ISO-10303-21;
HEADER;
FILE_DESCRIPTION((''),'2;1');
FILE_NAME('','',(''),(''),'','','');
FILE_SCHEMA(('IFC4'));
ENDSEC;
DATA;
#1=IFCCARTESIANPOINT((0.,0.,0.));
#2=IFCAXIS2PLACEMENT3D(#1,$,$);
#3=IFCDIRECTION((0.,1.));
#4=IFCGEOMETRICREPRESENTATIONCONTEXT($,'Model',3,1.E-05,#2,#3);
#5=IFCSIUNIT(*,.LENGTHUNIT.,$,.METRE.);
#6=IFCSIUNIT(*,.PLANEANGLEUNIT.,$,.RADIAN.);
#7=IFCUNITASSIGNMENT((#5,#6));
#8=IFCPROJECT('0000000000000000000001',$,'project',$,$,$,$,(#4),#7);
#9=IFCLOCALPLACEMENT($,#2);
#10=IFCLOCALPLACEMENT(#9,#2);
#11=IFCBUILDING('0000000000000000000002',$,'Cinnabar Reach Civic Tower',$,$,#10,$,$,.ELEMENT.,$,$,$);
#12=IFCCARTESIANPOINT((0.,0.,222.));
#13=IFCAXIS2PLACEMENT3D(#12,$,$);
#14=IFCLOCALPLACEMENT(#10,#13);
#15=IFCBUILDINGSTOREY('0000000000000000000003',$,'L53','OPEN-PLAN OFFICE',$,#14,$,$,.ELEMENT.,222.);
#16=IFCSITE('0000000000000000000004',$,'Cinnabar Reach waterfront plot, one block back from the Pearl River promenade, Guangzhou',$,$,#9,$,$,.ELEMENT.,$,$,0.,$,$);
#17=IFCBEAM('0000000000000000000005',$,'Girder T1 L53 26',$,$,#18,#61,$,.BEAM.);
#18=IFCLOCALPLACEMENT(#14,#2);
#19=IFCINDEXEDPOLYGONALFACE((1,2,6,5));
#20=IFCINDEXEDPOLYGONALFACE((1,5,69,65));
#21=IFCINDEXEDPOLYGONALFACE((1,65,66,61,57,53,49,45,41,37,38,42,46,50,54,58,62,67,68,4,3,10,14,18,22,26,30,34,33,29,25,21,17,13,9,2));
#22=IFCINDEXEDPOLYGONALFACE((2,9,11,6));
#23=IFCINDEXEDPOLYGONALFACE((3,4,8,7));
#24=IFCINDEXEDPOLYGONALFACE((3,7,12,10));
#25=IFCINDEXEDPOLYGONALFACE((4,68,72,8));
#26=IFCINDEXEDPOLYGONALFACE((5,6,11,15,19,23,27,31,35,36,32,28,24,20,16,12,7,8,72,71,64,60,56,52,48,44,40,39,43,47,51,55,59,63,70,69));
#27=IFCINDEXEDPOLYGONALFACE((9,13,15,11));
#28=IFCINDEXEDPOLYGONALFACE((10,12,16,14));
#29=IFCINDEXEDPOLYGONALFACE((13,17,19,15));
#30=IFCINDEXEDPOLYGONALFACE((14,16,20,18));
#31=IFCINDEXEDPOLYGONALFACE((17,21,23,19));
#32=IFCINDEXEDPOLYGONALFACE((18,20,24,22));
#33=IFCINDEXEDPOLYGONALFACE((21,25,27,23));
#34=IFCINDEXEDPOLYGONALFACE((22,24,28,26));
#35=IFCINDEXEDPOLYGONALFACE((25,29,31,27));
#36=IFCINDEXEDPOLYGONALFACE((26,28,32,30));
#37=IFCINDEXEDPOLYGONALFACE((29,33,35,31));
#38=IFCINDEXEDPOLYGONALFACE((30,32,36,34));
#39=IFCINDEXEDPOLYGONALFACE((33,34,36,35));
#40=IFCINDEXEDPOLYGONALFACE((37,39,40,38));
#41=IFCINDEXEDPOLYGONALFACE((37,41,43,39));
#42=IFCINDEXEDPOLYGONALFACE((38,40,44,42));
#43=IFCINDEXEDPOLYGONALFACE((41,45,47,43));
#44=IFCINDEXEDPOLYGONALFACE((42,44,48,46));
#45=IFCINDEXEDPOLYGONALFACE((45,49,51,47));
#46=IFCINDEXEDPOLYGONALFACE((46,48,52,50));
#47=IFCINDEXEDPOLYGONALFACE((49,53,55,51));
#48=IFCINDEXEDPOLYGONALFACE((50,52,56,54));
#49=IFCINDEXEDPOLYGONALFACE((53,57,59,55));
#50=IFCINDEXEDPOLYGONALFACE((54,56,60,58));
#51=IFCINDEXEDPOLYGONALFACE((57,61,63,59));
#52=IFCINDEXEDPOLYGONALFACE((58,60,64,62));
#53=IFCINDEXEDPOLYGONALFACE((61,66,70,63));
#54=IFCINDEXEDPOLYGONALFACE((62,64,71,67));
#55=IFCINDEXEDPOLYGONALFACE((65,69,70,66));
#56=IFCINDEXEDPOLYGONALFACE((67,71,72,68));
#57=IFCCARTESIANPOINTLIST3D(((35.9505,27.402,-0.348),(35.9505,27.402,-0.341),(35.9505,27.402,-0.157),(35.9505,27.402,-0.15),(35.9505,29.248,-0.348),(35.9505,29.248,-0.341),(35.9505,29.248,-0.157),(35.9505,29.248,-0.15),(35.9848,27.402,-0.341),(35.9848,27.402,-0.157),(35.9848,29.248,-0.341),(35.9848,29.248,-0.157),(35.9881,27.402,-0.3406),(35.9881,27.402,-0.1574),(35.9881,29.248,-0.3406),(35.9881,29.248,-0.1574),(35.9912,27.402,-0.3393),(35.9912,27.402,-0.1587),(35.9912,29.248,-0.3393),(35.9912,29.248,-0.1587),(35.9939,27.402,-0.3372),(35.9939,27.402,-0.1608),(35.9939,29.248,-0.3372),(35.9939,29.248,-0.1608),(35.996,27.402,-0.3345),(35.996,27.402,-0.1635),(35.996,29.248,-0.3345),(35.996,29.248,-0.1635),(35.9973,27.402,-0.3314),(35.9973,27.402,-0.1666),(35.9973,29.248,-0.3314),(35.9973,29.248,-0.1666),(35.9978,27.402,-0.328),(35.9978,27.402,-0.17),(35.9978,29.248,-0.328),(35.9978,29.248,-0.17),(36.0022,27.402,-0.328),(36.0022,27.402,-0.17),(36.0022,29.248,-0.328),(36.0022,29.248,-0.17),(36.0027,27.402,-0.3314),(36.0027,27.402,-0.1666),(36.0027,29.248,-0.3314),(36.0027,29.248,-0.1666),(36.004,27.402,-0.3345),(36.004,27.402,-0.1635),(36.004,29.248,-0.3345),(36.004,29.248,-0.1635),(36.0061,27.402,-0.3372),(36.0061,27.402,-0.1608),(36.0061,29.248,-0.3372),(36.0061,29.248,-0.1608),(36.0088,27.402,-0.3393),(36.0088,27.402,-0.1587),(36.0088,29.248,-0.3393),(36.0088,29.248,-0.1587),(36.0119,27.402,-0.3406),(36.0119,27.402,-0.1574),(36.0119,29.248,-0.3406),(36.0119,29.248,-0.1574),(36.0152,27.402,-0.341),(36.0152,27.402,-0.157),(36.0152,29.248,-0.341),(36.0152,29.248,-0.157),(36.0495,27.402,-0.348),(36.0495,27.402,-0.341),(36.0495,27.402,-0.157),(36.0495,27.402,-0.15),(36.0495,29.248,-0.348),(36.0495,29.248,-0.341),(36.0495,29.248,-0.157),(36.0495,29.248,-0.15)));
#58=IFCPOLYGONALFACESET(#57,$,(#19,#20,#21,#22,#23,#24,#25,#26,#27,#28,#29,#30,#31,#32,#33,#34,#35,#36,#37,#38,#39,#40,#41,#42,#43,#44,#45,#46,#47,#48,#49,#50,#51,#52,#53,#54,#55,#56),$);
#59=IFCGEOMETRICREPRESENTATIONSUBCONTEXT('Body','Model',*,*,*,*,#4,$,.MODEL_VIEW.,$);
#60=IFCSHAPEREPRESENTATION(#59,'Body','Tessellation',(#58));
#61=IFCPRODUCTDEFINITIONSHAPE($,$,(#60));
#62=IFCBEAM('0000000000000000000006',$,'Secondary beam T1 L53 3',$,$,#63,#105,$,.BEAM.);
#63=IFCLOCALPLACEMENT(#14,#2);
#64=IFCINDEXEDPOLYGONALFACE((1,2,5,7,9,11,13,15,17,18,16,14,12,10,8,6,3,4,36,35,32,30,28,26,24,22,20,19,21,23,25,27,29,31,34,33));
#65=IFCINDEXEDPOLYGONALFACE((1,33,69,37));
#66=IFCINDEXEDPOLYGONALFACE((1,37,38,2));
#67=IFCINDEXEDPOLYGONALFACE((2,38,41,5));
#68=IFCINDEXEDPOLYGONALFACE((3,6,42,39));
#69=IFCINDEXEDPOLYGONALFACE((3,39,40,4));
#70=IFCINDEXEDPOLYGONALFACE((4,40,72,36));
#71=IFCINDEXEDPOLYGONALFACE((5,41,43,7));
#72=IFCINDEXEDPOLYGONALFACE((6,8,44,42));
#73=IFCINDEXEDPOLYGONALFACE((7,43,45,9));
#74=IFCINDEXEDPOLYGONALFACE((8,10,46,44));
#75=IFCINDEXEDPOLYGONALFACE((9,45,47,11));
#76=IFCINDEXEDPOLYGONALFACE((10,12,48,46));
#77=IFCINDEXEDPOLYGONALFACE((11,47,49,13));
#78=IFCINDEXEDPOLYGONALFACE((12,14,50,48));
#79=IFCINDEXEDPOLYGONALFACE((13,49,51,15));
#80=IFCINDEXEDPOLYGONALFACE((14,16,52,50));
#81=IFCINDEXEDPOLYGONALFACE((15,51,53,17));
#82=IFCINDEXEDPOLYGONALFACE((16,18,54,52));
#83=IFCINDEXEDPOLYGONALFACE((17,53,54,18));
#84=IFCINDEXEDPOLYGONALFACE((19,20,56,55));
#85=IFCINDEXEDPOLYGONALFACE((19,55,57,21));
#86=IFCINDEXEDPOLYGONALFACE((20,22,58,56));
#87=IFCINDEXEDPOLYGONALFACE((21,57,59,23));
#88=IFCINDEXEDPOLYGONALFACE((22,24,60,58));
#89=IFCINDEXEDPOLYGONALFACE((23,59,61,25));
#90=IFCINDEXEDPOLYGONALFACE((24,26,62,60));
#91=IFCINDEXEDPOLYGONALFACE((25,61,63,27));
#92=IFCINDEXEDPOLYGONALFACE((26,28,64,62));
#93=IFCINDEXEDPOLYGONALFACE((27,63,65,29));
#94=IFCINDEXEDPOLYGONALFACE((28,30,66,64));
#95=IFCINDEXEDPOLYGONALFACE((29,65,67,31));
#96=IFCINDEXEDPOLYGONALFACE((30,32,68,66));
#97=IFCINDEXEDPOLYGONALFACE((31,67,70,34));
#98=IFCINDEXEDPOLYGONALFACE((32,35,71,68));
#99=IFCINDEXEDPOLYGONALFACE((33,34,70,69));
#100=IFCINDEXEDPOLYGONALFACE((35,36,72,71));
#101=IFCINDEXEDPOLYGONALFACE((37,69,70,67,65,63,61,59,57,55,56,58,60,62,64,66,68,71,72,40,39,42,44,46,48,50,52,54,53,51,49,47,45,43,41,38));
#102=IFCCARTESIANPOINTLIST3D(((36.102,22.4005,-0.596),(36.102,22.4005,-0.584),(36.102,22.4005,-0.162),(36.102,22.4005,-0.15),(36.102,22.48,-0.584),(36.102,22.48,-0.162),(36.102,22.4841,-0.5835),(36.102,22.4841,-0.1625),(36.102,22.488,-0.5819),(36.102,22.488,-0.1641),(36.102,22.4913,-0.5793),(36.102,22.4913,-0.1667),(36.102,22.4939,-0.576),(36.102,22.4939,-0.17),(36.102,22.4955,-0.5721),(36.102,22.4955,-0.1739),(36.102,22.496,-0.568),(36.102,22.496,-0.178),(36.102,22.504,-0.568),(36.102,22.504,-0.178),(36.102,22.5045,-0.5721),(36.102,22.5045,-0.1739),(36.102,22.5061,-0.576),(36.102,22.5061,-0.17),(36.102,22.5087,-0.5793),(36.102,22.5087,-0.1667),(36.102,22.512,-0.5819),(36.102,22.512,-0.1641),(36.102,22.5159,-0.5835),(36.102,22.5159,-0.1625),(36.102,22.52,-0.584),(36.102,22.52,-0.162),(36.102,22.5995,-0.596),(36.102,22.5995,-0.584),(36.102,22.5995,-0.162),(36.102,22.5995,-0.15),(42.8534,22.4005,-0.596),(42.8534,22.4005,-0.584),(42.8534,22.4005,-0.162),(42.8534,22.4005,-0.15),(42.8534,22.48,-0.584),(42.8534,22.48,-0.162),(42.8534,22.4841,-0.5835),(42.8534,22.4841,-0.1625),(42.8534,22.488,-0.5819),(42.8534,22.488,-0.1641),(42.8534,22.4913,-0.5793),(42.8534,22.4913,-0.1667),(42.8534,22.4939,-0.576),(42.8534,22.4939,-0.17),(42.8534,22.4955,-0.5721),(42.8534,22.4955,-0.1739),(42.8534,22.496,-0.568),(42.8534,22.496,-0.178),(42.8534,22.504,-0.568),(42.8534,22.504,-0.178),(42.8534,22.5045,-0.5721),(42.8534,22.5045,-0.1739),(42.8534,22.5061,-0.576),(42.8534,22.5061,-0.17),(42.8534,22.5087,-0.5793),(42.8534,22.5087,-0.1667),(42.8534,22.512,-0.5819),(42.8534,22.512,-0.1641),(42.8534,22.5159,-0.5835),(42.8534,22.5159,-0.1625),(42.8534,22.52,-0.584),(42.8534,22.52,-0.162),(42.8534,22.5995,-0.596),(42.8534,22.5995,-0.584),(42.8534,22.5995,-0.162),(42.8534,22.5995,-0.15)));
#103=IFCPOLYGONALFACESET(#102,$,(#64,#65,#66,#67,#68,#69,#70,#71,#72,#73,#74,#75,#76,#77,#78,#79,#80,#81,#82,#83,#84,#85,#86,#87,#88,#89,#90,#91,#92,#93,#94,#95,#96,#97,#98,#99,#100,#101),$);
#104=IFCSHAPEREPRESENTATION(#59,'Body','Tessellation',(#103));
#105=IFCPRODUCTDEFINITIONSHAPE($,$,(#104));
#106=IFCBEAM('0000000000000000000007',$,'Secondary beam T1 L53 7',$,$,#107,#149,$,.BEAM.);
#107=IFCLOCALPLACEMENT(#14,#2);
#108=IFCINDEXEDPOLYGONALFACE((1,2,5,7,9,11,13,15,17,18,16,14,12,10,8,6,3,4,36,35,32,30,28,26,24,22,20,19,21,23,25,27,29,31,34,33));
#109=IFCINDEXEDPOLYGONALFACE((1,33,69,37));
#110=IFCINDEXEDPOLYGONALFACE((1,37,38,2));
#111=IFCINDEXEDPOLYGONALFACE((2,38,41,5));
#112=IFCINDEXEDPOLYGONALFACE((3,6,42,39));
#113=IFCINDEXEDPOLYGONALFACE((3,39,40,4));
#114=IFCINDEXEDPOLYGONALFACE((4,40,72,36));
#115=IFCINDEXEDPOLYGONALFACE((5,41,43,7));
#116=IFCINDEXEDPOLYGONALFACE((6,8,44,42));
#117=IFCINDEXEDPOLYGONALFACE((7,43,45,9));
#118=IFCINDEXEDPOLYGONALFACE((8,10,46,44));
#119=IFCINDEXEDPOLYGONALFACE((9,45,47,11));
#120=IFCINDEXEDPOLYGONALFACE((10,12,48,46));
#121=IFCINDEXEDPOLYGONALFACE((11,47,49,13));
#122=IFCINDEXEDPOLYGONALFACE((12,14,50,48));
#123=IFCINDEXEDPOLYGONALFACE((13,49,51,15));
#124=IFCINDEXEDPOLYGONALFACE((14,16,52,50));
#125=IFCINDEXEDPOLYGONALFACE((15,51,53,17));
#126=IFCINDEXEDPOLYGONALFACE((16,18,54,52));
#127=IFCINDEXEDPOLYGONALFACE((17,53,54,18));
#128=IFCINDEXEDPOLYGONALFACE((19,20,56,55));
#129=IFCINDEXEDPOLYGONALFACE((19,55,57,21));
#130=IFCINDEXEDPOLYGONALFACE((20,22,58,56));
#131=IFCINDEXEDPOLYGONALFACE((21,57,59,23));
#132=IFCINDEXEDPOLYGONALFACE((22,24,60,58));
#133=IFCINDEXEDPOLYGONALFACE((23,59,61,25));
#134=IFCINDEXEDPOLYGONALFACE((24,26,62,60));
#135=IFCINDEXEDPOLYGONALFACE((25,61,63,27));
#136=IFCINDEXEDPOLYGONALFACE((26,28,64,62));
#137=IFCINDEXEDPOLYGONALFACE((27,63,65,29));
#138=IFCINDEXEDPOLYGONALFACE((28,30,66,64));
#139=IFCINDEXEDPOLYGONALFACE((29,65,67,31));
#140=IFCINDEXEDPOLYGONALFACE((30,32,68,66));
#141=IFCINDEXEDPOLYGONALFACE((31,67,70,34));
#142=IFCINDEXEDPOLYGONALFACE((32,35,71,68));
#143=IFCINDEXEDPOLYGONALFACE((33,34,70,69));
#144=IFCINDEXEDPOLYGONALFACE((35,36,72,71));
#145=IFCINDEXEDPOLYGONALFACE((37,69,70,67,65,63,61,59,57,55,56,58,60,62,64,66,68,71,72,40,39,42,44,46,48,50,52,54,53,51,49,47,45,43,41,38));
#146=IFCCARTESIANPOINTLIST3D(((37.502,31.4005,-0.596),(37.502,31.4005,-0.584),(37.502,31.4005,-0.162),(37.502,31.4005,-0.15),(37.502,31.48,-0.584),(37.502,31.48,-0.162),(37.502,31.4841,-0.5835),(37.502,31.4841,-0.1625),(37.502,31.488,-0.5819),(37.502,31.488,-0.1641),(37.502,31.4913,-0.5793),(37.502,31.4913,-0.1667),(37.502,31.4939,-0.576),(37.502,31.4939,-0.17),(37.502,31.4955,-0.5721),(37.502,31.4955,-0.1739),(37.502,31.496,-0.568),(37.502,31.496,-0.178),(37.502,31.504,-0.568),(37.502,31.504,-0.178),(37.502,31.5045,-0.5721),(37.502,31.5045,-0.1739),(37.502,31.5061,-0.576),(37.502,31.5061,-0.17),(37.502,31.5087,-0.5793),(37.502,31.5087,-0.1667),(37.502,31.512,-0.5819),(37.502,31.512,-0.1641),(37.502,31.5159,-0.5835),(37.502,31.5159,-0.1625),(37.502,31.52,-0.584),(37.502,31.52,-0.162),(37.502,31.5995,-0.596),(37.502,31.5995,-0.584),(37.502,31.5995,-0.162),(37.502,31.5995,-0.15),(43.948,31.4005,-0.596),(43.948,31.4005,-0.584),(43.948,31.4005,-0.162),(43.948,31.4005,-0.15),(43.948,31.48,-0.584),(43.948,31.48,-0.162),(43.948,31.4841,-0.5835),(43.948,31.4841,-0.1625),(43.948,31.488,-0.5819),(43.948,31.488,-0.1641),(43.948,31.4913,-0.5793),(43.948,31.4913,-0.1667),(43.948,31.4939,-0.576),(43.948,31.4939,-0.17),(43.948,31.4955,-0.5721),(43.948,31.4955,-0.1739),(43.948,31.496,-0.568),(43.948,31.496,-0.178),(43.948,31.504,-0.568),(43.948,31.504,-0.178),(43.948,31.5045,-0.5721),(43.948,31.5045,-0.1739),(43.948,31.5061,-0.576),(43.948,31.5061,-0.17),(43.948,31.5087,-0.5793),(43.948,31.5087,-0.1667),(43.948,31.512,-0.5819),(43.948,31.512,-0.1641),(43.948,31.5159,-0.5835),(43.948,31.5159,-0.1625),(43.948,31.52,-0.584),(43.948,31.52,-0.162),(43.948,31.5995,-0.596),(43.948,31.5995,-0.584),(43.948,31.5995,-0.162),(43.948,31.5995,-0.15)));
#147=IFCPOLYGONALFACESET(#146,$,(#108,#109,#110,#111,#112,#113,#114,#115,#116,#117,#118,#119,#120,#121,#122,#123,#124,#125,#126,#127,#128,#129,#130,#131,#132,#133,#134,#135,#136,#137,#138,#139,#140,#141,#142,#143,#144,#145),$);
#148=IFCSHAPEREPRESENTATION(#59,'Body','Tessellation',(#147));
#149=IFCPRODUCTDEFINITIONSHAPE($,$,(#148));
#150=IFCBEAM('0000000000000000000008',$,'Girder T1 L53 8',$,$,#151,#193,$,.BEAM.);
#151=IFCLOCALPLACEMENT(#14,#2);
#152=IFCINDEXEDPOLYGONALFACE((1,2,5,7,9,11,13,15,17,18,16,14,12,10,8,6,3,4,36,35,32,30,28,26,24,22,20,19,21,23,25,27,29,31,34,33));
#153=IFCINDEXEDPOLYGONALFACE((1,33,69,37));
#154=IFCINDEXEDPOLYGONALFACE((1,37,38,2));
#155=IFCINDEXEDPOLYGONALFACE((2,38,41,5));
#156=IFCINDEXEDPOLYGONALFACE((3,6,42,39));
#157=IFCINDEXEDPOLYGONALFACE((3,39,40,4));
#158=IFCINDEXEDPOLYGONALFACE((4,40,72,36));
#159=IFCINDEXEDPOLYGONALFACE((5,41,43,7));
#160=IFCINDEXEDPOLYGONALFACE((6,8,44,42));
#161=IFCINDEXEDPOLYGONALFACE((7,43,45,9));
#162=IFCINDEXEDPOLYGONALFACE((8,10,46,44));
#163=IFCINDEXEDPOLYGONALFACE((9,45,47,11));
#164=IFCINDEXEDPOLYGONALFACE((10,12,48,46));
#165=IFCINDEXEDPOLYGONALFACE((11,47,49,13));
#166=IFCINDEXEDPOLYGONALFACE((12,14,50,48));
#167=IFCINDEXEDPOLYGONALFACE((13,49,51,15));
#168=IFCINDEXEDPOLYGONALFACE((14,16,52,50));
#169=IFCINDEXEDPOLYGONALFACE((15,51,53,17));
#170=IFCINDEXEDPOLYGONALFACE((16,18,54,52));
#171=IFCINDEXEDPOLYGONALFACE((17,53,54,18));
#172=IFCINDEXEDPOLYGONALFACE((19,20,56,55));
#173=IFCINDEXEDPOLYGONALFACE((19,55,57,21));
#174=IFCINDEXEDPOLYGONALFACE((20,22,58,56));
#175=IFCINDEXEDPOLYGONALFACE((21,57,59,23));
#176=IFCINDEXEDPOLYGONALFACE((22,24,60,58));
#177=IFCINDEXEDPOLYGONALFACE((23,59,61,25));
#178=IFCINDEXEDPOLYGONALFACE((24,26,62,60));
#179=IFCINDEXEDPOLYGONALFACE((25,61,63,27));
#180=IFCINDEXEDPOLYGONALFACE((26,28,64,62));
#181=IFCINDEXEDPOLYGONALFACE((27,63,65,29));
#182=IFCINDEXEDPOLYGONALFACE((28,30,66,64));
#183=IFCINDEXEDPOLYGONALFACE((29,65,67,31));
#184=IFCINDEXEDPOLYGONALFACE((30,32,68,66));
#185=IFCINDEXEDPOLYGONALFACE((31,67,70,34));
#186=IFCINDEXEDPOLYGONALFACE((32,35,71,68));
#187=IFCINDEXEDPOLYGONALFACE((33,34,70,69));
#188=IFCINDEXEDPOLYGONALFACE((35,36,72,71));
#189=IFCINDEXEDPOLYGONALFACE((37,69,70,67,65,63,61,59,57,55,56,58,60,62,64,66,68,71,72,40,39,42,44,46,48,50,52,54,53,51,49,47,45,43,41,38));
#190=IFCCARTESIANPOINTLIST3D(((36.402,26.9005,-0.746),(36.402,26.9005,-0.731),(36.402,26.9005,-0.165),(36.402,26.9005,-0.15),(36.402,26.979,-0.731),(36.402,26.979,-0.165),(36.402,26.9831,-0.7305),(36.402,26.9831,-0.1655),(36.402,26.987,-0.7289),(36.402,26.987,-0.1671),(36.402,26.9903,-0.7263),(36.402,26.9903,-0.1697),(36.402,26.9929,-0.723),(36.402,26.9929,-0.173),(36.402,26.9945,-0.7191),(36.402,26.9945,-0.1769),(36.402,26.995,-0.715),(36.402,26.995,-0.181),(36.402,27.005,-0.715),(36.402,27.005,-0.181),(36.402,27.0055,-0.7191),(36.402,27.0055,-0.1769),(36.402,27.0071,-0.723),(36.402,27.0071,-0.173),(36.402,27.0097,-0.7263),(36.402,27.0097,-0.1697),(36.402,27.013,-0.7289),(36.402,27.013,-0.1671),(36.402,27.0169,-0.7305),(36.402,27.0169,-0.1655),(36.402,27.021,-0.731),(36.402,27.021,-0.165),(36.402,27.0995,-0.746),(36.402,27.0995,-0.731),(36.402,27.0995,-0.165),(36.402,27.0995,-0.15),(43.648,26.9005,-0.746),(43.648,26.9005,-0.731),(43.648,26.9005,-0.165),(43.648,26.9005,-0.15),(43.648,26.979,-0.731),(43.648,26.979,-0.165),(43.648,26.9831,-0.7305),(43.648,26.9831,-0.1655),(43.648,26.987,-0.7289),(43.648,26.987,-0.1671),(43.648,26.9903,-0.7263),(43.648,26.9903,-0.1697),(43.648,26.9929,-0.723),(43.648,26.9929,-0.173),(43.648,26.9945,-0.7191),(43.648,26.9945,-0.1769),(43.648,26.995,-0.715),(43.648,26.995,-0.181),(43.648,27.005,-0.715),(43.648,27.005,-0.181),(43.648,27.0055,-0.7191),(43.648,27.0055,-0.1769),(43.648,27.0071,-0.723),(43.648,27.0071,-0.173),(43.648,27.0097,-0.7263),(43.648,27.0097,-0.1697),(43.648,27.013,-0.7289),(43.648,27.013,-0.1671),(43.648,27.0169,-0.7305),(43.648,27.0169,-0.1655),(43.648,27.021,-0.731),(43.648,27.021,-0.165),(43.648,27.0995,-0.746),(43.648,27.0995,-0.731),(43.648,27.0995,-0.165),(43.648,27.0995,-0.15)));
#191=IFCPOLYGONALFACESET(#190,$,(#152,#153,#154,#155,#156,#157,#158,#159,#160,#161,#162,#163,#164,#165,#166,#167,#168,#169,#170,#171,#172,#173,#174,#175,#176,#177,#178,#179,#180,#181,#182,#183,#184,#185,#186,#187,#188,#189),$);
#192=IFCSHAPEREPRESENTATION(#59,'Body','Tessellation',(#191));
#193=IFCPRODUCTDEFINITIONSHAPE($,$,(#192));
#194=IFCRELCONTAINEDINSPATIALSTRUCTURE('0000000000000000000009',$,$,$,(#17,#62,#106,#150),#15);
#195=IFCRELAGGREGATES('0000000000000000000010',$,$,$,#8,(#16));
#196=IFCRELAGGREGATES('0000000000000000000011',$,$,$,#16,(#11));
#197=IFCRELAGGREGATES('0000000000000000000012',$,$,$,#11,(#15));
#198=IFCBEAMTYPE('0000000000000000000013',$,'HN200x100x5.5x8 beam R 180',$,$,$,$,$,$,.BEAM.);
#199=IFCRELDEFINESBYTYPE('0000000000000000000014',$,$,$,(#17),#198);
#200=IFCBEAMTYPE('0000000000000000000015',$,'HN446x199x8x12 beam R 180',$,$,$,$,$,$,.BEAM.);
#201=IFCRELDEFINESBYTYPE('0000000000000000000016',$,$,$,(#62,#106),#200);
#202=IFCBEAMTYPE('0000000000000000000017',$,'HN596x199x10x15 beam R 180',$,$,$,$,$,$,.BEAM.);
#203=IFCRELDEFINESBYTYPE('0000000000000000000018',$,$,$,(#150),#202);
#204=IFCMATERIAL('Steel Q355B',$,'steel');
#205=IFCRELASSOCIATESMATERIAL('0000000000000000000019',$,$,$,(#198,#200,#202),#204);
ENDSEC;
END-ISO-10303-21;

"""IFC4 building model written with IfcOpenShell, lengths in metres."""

from ifc_helpers import new_model, si_unit, direction, frame, origin, origin_2d, place, context, subcontext, project, spatial, i_section, extrude, material, material_profile, profile_set, type_object, element, save


model = new_model("IFC4")

# Units and contexts
model_context = context("Model", 3, precision=1e-05, world=origin(), true_north=direction((0.0, 1.0)))
body_context = subcontext(model_context, "Body", "Model", "MODEL_VIEW")
ifc_project = project(units=[si_unit("LENGTHUNIT", "METRE"), si_unit("PLANEANGLEUNIT", "RADIAN")], contexts=[model_context])

# Site, building, storey
site_placement = place(None, origin())
site = spatial("IfcSite", under=ifc_project, at=site_placement, Name="Cinnabar Reach waterfront plot, one block back from the Pearl River promenade, Guangzhou", CompositionType="ELEMENT", RefElevation=0.0)
building_placement = place(site_placement, origin())
building = spatial("IfcBuilding", under=site, at=building_placement, Name="Cinnabar Reach Civic Tower", CompositionType="ELEMENT")
storey_placement = place(building_placement, frame((0.0, 0.0, 222.0)))
storey = spatial("IfcBuildingStorey", under=building, at=storey_placement, Name="L53", Description="OPEN-PLAN OFFICE", CompositionType="ELEMENT", Elevation=222.0)

# Beams
ifc_material_1 = material(Name="Steel Q355B", Category="steel")
ifc_material_profile_1 = material_profile(ifc_material_1, i_section(OverallWidth=0.099, OverallDepth=0.198, WebThickness=0.0045, FlangeThickness=0.007, FilletRadius=0.013, at=origin_2d()), Name="HN200x100x5.5x8")
ifc_profile_set_1 = profile_set([ifc_material_profile_1], Name="Steel Q355B")
beam_type_1 = type_object("IfcBeamType", Name="HN200x100x5.5x8 beam R 180", PredefinedType="BEAM", material=ifc_profile_set_1)
beam_1_placement = place(storey_placement, frame((36.0, 27.402, -0.249), z_axis=(0.0, 1.0, 0.0), x_axis=(-1.0, 0.0, 0.0)))
element("IfcBeam", 1, at=beam_1_placement, inside=storey, type_object=beam_type_1, Name="Girder T1 L53 26", PredefinedType="BEAM", context=body_context, shape_type="SweptSolid", body=[
    extrude(i_section(OverallWidth=0.099, OverallDepth=0.198, WebThickness=0.0045, FlangeThickness=0.007, FilletRadius=0.013, at=origin_2d()), origin(), (0.0, 0.0, 1.0), 1.846),
])
ifc_material_profile_2 = material_profile(ifc_material_1, i_section(OverallWidth=0.199, OverallDepth=0.446, WebThickness=0.008, FlangeThickness=0.012, FilletRadius=0.016, at=origin_2d()), Name="HN446x199x8x12")
ifc_profile_set_2 = profile_set([ifc_material_profile_2], Name="Steel Q355B")
beam_type_2 = type_object("IfcBeamType", Name="HN446x199x8x12 beam R 180", PredefinedType="BEAM", material=ifc_profile_set_2)
beam_2_placement = place(storey_placement, frame((36.102, 22.5, -0.373), z_axis=(1.0, 0.0, 0.0), x_axis=(0.0, 1.0, 0.0)))
element("IfcBeam", 2, at=beam_2_placement, inside=storey, type_object=beam_type_2, Name="Secondary beam T1 L53 3", PredefinedType="BEAM", context=body_context, shape_type="SweptSolid", body=[
    extrude(i_section(OverallWidth=0.199, OverallDepth=0.446, WebThickness=0.008, FlangeThickness=0.012, FilletRadius=0.016, at=origin_2d()), origin(), (0.0, 0.0, 1.0), 6.7514),
])
beam_3_placement = place(storey_placement, frame((37.502, 31.5, -0.373), z_axis=(1.0, 0.0, 0.0), x_axis=(0.0, 1.0, 0.0)))
element("IfcBeam", 3, at=beam_3_placement, inside=storey, type_object=beam_type_2, Name="Secondary beam T1 L53 7", PredefinedType="BEAM", context=body_context, shape_type="SweptSolid", body=[
    extrude(i_section(OverallWidth=0.199, OverallDepth=0.446, WebThickness=0.008, FlangeThickness=0.012, FilletRadius=0.016, at=origin_2d()), origin(), (0.0, 0.0, 1.0), 6.446),
])
ifc_material_profile_3 = material_profile(ifc_material_1, i_section(OverallWidth=0.199, OverallDepth=0.596, WebThickness=0.01, FlangeThickness=0.015, FilletRadius=0.016, at=origin_2d()), Name="HN596x199x10x15")
ifc_profile_set_3 = profile_set([ifc_material_profile_3], Name="Steel Q355B")
beam_type_3 = type_object("IfcBeamType", Name="HN596x199x10x15 beam R 180", PredefinedType="BEAM", material=ifc_profile_set_3)
beam_4_placement = place(storey_placement, frame((36.402, 27.0, -0.448), z_axis=(1.0, 0.0, 0.0), x_axis=(0.0, 1.0, 0.0)))
element("IfcBeam", 4, at=beam_4_placement, inside=storey, type_object=beam_type_3, Name="Girder T1 L53 8", PredefinedType="BEAM", context=body_context, shape_type="SweptSolid", body=[
    extrude(i_section(OverallWidth=0.199, OverallDepth=0.596, WebThickness=0.01, FlangeThickness=0.015, FilletRadius=0.016, at=origin_2d()), origin(), (0.0, 0.0, 1.0), 7.246),
])

save(model, "model.ifc")
